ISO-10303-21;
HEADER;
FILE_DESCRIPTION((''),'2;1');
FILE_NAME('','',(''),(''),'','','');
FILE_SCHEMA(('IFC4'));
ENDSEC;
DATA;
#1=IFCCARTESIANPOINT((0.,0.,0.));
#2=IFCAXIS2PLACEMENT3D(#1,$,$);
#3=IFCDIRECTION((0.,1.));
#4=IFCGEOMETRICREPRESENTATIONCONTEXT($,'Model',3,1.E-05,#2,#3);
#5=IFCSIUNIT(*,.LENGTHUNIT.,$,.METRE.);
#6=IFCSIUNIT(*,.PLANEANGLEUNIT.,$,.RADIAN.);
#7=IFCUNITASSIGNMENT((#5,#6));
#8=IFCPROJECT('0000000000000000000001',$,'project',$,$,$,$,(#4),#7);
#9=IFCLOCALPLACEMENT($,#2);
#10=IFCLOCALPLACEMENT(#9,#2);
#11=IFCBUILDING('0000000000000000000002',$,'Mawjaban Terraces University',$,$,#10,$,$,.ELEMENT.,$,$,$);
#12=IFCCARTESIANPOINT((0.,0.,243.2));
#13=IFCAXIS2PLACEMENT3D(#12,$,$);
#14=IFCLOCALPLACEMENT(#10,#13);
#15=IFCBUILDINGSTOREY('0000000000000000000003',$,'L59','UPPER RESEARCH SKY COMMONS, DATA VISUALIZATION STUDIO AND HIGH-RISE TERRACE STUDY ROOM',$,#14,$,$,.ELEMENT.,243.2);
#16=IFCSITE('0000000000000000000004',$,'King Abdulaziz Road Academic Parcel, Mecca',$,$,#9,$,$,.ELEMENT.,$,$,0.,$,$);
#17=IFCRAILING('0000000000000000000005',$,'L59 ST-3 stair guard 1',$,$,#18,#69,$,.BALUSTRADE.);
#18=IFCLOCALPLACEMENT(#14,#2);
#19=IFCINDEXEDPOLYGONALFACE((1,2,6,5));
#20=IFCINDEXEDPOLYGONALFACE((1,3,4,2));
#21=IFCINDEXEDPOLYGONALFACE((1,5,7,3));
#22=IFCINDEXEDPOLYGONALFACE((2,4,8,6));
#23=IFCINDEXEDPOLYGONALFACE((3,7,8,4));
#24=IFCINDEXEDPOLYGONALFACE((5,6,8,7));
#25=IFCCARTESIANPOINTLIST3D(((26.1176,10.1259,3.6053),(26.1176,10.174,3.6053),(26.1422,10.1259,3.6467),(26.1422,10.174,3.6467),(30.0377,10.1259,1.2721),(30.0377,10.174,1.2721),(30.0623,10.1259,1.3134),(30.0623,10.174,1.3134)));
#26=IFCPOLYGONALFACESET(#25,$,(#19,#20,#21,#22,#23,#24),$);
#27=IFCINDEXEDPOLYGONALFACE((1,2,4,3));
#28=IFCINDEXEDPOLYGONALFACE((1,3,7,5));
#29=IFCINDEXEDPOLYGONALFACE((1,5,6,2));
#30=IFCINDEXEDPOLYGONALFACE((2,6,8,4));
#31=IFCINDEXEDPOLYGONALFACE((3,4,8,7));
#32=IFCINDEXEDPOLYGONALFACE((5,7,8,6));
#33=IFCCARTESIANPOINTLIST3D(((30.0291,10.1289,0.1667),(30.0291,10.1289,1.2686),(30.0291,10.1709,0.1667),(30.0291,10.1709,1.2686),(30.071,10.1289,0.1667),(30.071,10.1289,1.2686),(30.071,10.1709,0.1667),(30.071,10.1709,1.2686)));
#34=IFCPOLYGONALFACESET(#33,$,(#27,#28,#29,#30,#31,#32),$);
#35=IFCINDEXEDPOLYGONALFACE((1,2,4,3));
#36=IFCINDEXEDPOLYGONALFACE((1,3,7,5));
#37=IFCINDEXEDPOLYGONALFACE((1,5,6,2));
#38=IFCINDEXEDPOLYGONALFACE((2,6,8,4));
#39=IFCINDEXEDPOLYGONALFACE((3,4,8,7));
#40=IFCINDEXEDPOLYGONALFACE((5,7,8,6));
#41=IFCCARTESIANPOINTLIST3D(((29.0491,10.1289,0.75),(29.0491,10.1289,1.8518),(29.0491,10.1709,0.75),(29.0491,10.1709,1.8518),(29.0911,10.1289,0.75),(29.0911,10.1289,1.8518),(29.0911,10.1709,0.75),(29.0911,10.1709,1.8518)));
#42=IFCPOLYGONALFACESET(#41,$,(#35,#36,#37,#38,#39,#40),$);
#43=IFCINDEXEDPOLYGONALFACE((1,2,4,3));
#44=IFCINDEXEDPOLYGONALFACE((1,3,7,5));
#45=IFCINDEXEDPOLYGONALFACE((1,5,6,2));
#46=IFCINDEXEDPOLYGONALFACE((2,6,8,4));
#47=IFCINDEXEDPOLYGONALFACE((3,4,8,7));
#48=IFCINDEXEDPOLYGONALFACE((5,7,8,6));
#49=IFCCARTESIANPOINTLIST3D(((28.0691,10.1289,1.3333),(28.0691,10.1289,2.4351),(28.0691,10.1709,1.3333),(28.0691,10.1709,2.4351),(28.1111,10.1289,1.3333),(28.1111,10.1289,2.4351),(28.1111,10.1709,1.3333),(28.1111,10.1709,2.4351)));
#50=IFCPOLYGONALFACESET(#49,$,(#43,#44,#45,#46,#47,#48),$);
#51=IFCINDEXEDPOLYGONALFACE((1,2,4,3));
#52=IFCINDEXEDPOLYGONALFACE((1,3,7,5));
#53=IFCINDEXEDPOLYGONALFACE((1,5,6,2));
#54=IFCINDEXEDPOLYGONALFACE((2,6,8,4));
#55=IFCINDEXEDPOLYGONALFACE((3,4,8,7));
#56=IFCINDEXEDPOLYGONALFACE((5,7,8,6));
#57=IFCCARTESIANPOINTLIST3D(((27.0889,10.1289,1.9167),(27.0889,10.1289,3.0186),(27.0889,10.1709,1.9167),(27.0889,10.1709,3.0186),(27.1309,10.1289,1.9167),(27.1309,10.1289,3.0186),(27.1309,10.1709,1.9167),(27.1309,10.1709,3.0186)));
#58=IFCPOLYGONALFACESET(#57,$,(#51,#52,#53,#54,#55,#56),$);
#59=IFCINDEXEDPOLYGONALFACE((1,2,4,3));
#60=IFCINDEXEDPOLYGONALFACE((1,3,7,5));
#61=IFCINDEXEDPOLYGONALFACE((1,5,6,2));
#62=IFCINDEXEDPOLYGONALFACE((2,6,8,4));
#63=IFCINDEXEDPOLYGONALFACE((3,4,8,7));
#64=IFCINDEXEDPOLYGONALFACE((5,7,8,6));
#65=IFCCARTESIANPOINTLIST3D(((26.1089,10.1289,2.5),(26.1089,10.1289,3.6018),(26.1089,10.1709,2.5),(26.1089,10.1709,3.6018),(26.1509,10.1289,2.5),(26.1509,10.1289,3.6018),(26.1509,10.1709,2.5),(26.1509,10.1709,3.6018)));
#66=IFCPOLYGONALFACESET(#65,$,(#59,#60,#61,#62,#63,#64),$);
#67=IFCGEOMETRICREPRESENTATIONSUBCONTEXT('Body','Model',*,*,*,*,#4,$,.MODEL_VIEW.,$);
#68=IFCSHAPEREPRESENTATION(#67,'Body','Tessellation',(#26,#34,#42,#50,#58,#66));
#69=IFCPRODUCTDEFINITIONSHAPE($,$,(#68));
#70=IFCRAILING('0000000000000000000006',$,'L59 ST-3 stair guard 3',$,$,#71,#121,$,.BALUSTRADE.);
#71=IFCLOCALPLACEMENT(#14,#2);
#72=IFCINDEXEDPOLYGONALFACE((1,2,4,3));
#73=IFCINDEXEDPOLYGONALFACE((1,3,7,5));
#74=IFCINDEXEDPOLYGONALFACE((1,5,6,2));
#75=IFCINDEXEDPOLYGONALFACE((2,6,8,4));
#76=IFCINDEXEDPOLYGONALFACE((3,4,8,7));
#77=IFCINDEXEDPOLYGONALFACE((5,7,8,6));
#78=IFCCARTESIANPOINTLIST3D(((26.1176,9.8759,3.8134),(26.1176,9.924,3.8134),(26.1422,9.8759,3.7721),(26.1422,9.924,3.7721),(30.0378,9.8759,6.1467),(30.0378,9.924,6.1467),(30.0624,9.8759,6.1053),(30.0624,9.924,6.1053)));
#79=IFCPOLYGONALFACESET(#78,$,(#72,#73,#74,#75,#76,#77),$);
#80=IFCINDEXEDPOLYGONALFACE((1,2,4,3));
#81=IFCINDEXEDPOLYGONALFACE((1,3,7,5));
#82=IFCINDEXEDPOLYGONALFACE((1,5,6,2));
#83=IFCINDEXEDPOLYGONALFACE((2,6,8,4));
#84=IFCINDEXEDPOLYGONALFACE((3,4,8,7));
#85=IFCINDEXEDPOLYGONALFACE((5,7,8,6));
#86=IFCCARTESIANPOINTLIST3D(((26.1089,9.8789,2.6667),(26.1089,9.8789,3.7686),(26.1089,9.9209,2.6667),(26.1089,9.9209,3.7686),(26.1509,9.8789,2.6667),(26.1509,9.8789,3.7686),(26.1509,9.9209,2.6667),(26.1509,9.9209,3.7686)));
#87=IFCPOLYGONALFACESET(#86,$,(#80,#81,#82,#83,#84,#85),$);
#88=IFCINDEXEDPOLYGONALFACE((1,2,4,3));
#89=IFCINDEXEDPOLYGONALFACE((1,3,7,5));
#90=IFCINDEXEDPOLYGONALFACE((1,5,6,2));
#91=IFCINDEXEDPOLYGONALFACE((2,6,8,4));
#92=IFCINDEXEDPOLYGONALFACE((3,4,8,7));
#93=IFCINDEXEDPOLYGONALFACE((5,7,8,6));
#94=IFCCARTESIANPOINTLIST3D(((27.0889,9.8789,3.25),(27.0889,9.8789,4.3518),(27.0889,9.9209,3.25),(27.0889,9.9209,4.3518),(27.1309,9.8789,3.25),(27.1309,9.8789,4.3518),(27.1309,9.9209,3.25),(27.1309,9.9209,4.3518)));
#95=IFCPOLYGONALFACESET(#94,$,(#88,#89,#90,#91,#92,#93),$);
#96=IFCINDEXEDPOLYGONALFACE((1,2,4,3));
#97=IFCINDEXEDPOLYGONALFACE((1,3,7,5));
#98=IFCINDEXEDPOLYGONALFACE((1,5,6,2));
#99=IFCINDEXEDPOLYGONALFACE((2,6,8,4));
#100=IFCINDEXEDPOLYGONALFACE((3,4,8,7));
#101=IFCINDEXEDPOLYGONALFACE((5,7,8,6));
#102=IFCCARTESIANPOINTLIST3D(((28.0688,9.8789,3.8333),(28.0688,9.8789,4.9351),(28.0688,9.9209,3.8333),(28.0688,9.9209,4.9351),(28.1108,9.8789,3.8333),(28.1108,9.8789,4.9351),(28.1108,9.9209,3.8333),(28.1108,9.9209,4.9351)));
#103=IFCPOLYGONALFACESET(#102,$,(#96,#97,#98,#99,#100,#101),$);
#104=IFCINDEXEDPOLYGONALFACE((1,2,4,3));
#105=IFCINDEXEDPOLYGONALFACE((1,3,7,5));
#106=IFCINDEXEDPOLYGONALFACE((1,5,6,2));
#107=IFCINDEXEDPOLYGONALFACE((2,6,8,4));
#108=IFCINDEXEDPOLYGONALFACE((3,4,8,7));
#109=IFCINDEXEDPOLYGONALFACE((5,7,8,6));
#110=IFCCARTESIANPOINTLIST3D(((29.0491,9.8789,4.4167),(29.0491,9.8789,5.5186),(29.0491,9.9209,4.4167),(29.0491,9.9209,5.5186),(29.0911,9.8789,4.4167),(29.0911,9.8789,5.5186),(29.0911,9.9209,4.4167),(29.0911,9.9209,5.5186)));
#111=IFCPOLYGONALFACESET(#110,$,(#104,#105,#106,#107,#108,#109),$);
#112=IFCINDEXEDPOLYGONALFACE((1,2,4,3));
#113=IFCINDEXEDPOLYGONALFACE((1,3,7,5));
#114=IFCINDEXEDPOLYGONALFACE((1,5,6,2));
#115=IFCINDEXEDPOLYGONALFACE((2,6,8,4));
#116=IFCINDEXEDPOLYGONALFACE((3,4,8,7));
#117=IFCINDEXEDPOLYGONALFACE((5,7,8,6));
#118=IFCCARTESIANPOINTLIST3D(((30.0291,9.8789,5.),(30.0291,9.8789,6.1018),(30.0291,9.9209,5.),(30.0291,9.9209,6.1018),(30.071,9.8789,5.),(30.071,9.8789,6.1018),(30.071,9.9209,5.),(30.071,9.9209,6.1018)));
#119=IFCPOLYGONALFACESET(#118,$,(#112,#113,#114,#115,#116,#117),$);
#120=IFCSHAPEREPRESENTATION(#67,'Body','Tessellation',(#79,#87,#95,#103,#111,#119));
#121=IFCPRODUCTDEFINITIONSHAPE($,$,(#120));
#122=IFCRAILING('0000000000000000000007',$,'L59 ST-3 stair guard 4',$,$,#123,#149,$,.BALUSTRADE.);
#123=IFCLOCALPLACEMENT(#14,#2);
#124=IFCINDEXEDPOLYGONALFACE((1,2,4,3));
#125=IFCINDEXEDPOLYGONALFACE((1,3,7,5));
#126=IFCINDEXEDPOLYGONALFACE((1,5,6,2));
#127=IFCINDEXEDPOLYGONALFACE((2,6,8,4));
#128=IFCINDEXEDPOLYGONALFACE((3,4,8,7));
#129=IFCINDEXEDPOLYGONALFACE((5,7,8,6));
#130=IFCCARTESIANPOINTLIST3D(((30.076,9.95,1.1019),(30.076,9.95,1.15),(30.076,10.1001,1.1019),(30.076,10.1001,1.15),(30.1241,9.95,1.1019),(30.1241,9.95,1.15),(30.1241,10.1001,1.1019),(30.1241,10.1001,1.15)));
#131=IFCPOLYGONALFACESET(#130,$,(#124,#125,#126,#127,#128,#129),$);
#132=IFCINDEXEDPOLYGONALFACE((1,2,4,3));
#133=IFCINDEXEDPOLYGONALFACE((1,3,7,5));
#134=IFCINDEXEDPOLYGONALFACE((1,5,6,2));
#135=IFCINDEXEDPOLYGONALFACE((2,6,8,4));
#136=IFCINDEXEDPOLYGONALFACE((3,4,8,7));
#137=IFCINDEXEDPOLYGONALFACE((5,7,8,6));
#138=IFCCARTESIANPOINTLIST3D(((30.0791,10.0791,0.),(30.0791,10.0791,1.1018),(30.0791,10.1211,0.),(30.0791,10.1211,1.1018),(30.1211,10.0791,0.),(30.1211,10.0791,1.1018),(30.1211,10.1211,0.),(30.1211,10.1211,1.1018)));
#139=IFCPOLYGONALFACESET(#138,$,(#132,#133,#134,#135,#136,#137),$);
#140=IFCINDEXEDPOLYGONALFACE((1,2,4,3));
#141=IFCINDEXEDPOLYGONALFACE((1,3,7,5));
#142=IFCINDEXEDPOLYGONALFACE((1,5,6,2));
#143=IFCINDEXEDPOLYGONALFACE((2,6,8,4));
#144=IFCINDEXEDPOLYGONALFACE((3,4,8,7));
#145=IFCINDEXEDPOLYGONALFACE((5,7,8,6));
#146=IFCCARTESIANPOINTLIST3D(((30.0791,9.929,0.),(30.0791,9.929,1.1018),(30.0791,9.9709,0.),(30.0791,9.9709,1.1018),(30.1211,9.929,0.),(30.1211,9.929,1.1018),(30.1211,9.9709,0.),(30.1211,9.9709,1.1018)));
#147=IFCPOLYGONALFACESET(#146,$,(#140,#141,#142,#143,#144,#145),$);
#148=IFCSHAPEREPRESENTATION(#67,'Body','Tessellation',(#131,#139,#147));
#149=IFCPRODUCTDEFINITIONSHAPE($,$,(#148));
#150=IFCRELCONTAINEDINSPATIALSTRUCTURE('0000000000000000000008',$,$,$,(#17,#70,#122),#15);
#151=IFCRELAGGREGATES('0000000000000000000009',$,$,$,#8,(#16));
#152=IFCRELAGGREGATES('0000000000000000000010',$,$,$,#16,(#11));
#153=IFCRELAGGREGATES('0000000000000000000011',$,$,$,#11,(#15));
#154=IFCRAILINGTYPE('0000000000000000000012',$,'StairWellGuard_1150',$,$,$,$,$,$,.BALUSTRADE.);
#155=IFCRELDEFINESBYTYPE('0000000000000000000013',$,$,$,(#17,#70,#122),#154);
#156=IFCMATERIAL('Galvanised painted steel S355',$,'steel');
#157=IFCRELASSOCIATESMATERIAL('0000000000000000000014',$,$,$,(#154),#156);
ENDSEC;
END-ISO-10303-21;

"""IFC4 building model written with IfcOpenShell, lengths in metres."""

from ifc_helpers import new_model, si_unit, direction, frame, origin, origin_2d, place, context, subcontext, project, spatial, rectangle, extrude, material, type_object, element, save


model = new_model("IFC4")

# Units and contexts
model_context = context("Model", 3, precision=1e-05, world=origin(), true_north=direction((0.0, 1.0)))
body_context = subcontext(model_context, "Body", "Model", "MODEL_VIEW")
ifc_project = project(units=[si_unit("LENGTHUNIT", "METRE"), si_unit("PLANEANGLEUNIT", "RADIAN")], contexts=[model_context])

# Site, building, storey
site_placement = place(None, origin())
site = spatial("IfcSite", under=ifc_project, at=site_placement, Name="King Abdulaziz Road Academic Parcel, Mecca", CompositionType="ELEMENT", RefElevation=0.0)
building_placement = place(site_placement, origin())
building = spatial("IfcBuilding", under=site, at=building_placement, Name="Mawjaban Terraces University", CompositionType="ELEMENT")
storey_placement = place(building_placement, frame((0.0, 0.0, 243.2)))
storey = spatial("IfcBuildingStorey", under=building, at=storey_placement, Name="L59", Description="UPPER RESEARCH SKY COMMONS, DATA VISUALIZATION STUDIO AND HIGH-RISE TERRACE STUDY ROOM", CompositionType="ELEMENT", Elevation=243.2)

# Railings
ifc_material_1 = material(Name="Galvanised painted steel S355", Category="steel")
railing_type_1 = type_object("IfcRailingType", Name="StairWellGuard_1150", PredefinedType="BALUSTRADE", material=ifc_material_1)
railing_1_placement = place(storey_placement, frame((30.05, 10.1499, 0.1667)))
element("IfcRailing", 1, at=railing_1_placement, inside=storey, type_object=railing_type_1, Name="L59 ST-3 stair guard 1", PredefinedType="BALUSTRADE", context=body_context, shape_type="SweptSolid", body=[
    extrude(rectangle(XDim=0.0481, YDim=0.0481, at=origin_2d()), frame((0.0, 0.0, 1.126), z_axis=(-0.85931, 0.0, 0.511455), x_axis=(0.0, -1.0, 0.0)), (0.0, 0.0, 1.0), 4.562),
    extrude(rectangle(XDim=0.042, YDim=0.042, at=origin_2d()), origin(), (0.0, 0.0, 1.0), 1.1018),
    extrude(rectangle(XDim=0.042, YDim=0.042, at=origin_2d()), frame((-0.98, 0.0, 0.5833)), (0.0, 0.0, 1.0), 1.1018),
    extrude(rectangle(XDim=0.042, YDim=0.042, at=origin_2d()), frame((-1.96, 0.0, 1.1665)), (0.0, 0.0, 1.0), 1.1018),
    extrude(rectangle(XDim=0.042, YDim=0.042, at=origin_2d()), frame((-2.9402, 0.0, 1.75)), (0.0, 0.0, 1.0), 1.1018),
    extrude(rectangle(XDim=0.042, YDim=0.042, at=origin_2d()), frame((-3.9202, 0.0, 2.3333)), (0.0, 0.0, 1.0), 1.1018),
])
railing_2_placement = place(storey_placement, frame((26.1299, 9.8999, 2.6667)))
element("IfcRailing", 2, at=railing_2_placement, inside=storey, type_object=railing_type_1, Name="L59 ST-3 stair guard 3", PredefinedType="BALUSTRADE", context=body_context, shape_type="SweptSolid", body=[
    extrude(rectangle(XDim=0.0481, YDim=0.0481, at=origin_2d()), frame((0.0, 0.0, 1.126), z_axis=(0.85931, 0.0, 0.511455), x_axis=(0.0, 1.0, 0.0)), (0.0, 0.0, 1.0), 4.562),
    extrude(rectangle(XDim=0.042, YDim=0.042, at=origin_2d()), origin(), (0.0, 0.0, 1.0), 1.1018),
    extrude(rectangle(XDim=0.042, YDim=0.042, at=origin_2d()), frame((0.98, 0.0, 0.5833)), (0.0, 0.0, 1.0), 1.1018),
    extrude(rectangle(XDim=0.042, YDim=0.042, at=origin_2d()), frame((1.96, 0.0, 1.1665)), (0.0, 0.0, 1.0), 1.1018),
    extrude(rectangle(XDim=0.042, YDim=0.042, at=origin_2d()), frame((2.9402, 0.0, 1.75)), (0.0, 0.0, 1.0), 1.1018),
    extrude(rectangle(XDim=0.042, YDim=0.042, at=origin_2d()), frame((3.9202, 0.0, 2.3333)), (0.0, 0.0, 1.0), 1.1018),
])
railing_3_placement = place(storey_placement, frame((30.1001, 10.1001, 0.0)))
element("IfcRailing", 3, at=railing_3_placement, inside=storey, type_object=railing_type_1, Name="L59 ST-3 stair guard 4", PredefinedType="BALUSTRADE", context=body_context, shape_type="SweptSolid", body=[
    extrude(rectangle(XDim=0.0481, YDim=0.0481, at=origin_2d()), frame((0.0, 0.0, 1.126), z_axis=(0.0, -1.0, 0.0), x_axis=(1.0, 0.0, 0.0)), (0.0, 0.0, 1.0), 0.1501),
    extrude(rectangle(XDim=0.042, YDim=0.042, at=origin_2d()), origin(), (0.0, 0.0, 1.0), 1.1018),
    extrude(rectangle(XDim=0.042, YDim=0.042, at=origin_2d()), frame((0.0, -0.1501, 0.0)), (0.0, 0.0, 1.0), 1.1018),
])

save(model, "model.ifc")
